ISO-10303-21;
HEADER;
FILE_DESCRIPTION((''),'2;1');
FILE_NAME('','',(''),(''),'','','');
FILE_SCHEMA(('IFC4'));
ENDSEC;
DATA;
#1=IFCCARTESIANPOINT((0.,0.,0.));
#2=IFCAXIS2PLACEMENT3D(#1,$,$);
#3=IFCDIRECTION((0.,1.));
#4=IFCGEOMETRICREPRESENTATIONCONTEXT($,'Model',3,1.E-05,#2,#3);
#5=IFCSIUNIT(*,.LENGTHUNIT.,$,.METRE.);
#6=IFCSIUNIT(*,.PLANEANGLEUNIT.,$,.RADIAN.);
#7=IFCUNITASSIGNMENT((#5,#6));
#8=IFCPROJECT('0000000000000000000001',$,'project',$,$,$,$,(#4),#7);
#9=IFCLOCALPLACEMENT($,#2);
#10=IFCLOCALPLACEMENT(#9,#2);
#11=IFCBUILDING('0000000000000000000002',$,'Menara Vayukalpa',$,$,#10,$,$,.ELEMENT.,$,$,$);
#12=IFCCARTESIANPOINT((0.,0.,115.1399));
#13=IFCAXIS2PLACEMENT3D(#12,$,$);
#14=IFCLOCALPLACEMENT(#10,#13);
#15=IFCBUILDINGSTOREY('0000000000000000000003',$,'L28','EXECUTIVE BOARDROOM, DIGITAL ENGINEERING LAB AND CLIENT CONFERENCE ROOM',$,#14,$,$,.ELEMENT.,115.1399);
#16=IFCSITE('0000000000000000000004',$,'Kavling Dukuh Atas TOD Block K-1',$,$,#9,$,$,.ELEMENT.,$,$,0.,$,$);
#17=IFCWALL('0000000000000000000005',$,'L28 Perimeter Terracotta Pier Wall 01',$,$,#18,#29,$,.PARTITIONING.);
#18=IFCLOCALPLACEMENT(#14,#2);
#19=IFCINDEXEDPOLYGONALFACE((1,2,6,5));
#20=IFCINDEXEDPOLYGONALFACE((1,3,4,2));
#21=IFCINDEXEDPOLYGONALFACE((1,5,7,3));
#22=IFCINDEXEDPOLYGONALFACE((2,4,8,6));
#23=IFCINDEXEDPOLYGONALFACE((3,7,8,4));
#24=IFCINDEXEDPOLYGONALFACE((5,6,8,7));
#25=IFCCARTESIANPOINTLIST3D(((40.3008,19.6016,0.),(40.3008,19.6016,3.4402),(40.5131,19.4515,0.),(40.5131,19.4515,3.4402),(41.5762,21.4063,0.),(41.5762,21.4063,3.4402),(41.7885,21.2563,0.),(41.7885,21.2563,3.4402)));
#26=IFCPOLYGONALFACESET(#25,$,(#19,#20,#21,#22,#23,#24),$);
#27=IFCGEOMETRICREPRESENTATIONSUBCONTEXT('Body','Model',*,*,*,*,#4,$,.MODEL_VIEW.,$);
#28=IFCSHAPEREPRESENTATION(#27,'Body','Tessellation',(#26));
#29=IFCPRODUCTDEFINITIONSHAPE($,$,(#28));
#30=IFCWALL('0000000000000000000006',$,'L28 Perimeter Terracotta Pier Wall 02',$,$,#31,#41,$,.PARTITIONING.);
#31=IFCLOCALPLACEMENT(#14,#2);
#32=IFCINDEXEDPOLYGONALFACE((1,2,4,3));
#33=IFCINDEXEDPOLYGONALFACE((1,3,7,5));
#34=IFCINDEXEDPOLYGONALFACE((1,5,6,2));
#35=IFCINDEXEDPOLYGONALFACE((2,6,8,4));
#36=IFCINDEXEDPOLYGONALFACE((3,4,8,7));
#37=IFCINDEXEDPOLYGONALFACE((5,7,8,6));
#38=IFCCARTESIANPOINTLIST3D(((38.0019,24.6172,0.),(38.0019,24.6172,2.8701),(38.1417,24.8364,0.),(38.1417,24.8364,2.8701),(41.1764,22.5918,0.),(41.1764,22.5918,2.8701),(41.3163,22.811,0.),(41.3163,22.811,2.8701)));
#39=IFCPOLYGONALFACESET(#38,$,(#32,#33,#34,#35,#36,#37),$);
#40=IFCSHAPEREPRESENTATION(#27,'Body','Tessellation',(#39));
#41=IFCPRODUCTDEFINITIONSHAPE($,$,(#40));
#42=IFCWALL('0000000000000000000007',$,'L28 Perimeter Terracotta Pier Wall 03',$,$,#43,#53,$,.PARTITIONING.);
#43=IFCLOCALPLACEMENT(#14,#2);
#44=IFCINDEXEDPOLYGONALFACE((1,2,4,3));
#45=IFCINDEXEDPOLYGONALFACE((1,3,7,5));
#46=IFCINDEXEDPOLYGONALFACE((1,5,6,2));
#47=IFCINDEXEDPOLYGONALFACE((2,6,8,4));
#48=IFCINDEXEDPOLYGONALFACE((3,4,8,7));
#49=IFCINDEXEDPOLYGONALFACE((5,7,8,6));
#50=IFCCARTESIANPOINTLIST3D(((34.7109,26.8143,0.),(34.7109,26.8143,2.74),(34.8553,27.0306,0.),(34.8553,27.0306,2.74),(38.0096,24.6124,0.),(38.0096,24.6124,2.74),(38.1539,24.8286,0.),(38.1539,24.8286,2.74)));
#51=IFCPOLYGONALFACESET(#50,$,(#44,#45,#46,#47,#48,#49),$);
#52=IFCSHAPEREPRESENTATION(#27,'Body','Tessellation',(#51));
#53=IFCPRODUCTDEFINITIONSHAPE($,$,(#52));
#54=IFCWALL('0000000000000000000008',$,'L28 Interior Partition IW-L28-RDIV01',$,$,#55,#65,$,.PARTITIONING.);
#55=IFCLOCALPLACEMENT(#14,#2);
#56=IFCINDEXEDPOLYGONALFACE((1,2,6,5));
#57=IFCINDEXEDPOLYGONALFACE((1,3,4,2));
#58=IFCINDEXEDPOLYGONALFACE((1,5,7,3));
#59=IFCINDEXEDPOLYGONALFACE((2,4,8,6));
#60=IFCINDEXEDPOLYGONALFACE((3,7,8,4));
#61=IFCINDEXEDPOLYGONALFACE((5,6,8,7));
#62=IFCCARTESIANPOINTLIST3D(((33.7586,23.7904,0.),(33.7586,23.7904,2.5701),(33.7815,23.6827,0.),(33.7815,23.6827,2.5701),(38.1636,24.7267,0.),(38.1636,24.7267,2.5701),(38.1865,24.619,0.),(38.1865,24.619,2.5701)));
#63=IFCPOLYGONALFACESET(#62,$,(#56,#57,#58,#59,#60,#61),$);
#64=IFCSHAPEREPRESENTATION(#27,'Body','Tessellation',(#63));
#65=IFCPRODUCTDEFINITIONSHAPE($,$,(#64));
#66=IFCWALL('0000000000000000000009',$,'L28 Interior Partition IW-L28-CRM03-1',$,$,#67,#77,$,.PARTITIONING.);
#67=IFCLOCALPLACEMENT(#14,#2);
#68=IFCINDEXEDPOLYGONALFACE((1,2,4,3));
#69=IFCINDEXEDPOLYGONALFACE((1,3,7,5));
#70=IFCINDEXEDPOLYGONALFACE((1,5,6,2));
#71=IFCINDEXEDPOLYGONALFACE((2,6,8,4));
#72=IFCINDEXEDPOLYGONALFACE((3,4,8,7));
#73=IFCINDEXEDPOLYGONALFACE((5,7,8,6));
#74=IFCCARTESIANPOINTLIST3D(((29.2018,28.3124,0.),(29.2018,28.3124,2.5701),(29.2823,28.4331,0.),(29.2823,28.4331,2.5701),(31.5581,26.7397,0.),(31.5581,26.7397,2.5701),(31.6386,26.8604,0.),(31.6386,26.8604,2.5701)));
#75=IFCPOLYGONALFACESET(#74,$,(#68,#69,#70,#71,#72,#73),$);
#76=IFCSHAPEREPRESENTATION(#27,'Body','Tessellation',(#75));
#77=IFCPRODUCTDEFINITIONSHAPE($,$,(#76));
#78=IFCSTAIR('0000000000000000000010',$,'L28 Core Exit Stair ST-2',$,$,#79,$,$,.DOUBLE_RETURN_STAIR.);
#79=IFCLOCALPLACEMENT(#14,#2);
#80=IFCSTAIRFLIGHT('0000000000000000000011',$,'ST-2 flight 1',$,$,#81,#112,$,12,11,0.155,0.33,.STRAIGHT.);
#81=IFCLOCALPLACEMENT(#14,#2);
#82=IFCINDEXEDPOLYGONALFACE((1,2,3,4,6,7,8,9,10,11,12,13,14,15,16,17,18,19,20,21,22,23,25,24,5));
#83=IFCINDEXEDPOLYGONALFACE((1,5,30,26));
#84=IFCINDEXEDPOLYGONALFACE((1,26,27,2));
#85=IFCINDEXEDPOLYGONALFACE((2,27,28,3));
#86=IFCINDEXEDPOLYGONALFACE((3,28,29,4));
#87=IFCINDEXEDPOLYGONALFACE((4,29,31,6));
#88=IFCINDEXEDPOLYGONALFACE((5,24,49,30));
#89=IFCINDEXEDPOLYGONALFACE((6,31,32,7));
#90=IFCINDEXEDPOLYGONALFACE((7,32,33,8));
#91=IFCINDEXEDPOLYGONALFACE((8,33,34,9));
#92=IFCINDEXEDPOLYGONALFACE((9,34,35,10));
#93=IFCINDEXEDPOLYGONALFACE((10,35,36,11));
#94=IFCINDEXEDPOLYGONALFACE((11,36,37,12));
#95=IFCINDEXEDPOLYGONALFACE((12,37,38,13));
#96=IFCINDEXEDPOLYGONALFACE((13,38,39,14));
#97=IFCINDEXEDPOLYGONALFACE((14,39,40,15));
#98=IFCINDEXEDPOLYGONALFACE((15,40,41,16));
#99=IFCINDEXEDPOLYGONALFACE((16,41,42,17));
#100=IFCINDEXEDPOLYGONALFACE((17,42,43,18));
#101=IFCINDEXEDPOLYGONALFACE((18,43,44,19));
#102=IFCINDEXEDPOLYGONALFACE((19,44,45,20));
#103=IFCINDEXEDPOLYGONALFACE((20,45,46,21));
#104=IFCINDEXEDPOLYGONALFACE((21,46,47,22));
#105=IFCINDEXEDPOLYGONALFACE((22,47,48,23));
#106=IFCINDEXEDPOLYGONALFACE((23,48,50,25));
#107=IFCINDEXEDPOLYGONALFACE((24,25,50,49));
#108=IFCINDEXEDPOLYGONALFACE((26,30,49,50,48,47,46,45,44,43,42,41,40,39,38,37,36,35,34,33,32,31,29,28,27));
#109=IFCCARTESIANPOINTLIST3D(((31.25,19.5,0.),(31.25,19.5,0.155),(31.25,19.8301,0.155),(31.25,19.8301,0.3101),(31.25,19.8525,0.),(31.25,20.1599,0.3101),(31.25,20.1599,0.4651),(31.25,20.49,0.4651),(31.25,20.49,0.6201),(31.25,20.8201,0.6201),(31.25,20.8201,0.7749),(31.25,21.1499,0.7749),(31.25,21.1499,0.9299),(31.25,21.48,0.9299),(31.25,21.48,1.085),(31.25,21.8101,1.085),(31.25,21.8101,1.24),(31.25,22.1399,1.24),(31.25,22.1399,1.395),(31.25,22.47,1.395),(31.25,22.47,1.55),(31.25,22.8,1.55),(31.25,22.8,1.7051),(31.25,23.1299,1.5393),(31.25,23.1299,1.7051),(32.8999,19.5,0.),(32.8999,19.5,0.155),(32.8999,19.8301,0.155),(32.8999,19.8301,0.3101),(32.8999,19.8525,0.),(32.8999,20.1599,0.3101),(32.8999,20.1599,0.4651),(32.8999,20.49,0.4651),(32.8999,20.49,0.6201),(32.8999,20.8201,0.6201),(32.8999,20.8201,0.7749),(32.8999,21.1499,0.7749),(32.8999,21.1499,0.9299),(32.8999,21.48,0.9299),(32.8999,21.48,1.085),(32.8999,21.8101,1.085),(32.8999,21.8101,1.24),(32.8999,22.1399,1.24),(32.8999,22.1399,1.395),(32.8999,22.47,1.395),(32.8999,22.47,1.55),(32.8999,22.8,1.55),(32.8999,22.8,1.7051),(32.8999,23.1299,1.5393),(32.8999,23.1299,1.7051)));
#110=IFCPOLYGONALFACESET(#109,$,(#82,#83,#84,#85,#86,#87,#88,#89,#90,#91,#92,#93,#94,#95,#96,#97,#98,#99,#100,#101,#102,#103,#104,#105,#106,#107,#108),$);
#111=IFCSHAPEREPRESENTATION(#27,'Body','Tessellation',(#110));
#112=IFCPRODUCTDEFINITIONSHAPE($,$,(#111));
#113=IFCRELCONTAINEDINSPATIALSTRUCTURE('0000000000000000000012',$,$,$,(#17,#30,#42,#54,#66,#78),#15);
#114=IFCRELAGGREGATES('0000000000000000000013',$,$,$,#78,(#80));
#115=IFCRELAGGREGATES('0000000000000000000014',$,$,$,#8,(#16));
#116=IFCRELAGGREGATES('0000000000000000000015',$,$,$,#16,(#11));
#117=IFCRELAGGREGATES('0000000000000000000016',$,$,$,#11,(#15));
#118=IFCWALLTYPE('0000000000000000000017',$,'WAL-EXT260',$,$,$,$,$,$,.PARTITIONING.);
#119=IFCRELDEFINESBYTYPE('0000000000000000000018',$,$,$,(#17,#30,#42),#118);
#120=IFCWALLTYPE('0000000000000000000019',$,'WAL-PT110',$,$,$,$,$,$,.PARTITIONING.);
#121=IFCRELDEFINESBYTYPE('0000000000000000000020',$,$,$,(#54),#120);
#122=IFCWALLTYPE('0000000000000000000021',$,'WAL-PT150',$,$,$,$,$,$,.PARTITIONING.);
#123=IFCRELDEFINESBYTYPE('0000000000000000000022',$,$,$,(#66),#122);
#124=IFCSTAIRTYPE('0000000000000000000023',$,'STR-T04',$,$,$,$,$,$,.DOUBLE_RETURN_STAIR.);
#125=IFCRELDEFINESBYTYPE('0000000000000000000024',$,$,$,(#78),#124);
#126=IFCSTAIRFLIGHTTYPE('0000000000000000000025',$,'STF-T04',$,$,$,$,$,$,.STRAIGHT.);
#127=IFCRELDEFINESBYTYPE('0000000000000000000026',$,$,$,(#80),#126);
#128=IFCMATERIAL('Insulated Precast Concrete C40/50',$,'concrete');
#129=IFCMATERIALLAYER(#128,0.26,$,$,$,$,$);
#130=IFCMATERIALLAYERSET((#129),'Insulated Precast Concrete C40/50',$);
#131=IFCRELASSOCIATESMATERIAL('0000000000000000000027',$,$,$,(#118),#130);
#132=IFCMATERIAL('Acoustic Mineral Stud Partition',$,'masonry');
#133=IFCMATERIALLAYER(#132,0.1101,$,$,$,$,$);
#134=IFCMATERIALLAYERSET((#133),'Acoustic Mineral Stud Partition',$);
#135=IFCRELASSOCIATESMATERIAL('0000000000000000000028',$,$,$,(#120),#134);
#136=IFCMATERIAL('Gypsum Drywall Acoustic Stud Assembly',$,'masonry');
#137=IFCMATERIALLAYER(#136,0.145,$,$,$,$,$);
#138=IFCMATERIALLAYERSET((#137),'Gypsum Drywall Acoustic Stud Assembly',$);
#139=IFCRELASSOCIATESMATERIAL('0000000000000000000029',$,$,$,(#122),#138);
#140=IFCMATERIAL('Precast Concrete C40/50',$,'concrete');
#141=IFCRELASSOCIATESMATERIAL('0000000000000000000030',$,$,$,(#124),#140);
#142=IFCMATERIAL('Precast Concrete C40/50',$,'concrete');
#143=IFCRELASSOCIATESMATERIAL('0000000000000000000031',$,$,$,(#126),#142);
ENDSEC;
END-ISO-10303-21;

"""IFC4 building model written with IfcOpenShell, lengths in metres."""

from ifc_helpers import new_model, si_unit, direction, frame, frame_2d, origin, place, context, subcontext, project, spatial, polyline, rectangle, outline, extrude, material, layer, layer_set, type_object, element, aggregate, save


model = new_model("IFC4")

# Units and contexts
model_context = context("Model", 3, precision=1e-05, world=origin(), true_north=direction((0.0, 1.0)))
body_context = subcontext(model_context, "Body", "Model", "MODEL_VIEW")
ifc_project = project(units=[si_unit("LENGTHUNIT", "METRE"), si_unit("PLANEANGLEUNIT", "RADIAN")], contexts=[model_context])

# Site, building, storey
site_placement = place(None, origin())
site = spatial("IfcSite", under=ifc_project, at=site_placement, Name="Kavling Dukuh Atas TOD Block K-1", CompositionType="ELEMENT", RefElevation=0.0)
building_placement = place(site_placement, origin())
building = spatial("IfcBuilding", under=site, at=building_placement, Name="Menara Vayukalpa", CompositionType="ELEMENT")
storey_placement = place(building_placement, frame((0.0, 0.0, 115.1399)))
storey = spatial("IfcBuildingStorey", under=building, at=storey_placement, Name="L28", Description="EXECUTIVE BOARDROOM, DIGITAL ENGINEERING LAB AND CLIENT CONFERENCE ROOM", CompositionType="ELEMENT", Elevation=115.1399)

# Walls
ifc_material_1 = material(Name="Insulated Precast Concrete C40/50", Category="concrete")
ifc_layer_1 = layer(ifc_material_1, 0.26)
ifc_layer_set_1 = layer_set([ifc_layer_1], Name="Insulated Precast Concrete C40/50")
wall_type_1 = type_object("IfcWallType", Name="WAL-EXT260", PredefinedType="PARTITIONING", material=ifc_layer_set_1)
wall_1_placement = place(storey_placement, frame((41.6824, 21.3313, 0.0), z_axis=(0.0, 0.0, 1.0), x_axis=(-0.577134, -0.816649, 0.0)))
element("IfcWall", 1, at=wall_1_placement, inside=storey, type_object=wall_type_1, Name="L28 Perimeter Terracotta Pier Wall 01", PredefinedType="PARTITIONING", context=body_context, shape_type="SweptSolid", body=[
    extrude(rectangle(XDim=2.21, YDim=0.26, at=frame_2d((1.105, 0.0))), origin(), (0.0, 0.0, 1.0), 3.4402),
])
wall_2_placement = place(storey_placement, frame((38.0718, 24.7268, 0.0), z_axis=(0.0, 0.0, 1.0), x_axis=(0.843034, -0.537861, 0.0)))
element("IfcWall", 2, at=wall_2_placement, inside=storey, type_object=wall_type_1, Name="L28 Perimeter Terracotta Pier Wall 02", PredefinedType="PARTITIONING", context=body_context, shape_type="SweptSolid", body=[
    extrude(rectangle(XDim=3.7656, YDim=0.26, at=frame_2d((1.8828, 0.0))), origin(), (0.0, 0.0, 1.0), 2.8701),
])
wall_3_placement = place(storey_placement, frame((34.7832, 26.9224, 0.0), z_axis=(0.0, 0.0, 1.0), x_axis=(0.831719, -0.555197, 0.0)))
element("IfcWall", 3, at=wall_3_placement, inside=storey, type_object=wall_type_1, Name="L28 Perimeter Terracotta Pier Wall 03", PredefinedType="PARTITIONING", context=body_context, shape_type="SweptSolid", body=[
    extrude(rectangle(XDim=3.9661, YDim=0.26, at=frame_2d((1.9829, 0.0))), origin(), (0.0, 0.0, 1.0), 2.74),
])
ifc_material_2 = material(Name="Acoustic Mineral Stud Partition", Category="masonry")
ifc_layer_2 = layer(ifc_material_2, 0.1101)
ifc_layer_set_2 = layer_set([ifc_layer_2], Name="Acoustic Mineral Stud Partition")
wall_type_2 = type_object("IfcWallType", Name="WAL-PT110", PredefinedType="PARTITIONING", material=ifc_layer_set_2)
wall_4_placement = place(storey_placement, frame((33.77, 23.7366, 0.0), z_axis=(0.0, 0.0, 1.0), x_axis=(0.978149, 0.207903, 0.0)))
element("IfcWall", 4, at=wall_4_placement, inside=storey, type_object=wall_type_2, Name="L28 Interior Partition IW-L28-RDIV01", PredefinedType="PARTITIONING", context=body_context, shape_type="SweptSolid", body=[
    extrude(rectangle(XDim=4.5034, YDim=0.1101, at=frame_2d((2.2517, 0.0))), origin(), (0.0, 0.0, 1.0), 2.5701),
])
ifc_material_3 = material(Name="Gypsum Drywall Acoustic Stud Assembly", Category="masonry")
ifc_layer_3 = layer(ifc_material_3, 0.145)
ifc_layer_set_3 = layer_set([ifc_layer_3], Name="Gypsum Drywall Acoustic Stud Assembly")
wall_type_3 = type_object("IfcWallType", Name="WAL-PT150", PredefinedType="PARTITIONING", material=ifc_layer_set_3)
wall_5_placement = place(storey_placement, frame((31.5984, 26.8, 0.0), z_axis=(0.0, 0.0, 1.0), x_axis=(-0.831759, 0.555138, 0.0)))
element("IfcWall", 5, at=wall_5_placement, inside=storey, type_object=wall_type_3, Name="L28 Interior Partition IW-L28-CRM03-1", PredefinedType="PARTITIONING", context=body_context, shape_type="SweptSolid", body=[
    extrude(rectangle(XDim=2.833, YDim=0.145, at=frame_2d((1.4165, 0.0))), origin(), (0.0, 0.0, 1.0), 2.5701),
])

# Stair, stair flight
ifc_material_4 = material(Name="Precast Concrete C40/50", Category="concrete")
stair_type = type_object("IfcStairType", Name="STR-T04", PredefinedType="DOUBLE_RETURN_STAIR", material=ifc_material_4)
stair_placement = place(storey_placement, origin())
stair = element("IfcStair", 6, at=stair_placement, inside=storey, type_object=stair_type, Name="L28 Core Exit Stair ST-2", PredefinedType="DOUBLE_RETURN_STAIR")
ifc_material_5 = material(Name="Precast Concrete C40/50", Category="concrete")
stair_flight_type = type_object("IfcStairFlightType", Name="STF-T04", PredefinedType="STRAIGHT", material=ifc_material_5)
stair_flight_placement = place(storey_placement, frame((32.075, 19.5, 0.0), z_axis=(0.0, 0.0, 1.0), x_axis=(0.0, 1.0, 0.0)))
stair_flight = element("IfcStairFlight", 7, at=stair_flight_placement, type_object=stair_flight_type, Name="ST-2 flight 1", NumberOfRisers=12, NumberOfTreads=11, PredefinedType="STRAIGHT", RiserHeight=0.155, TreadLength=0.33, context=body_context, shape_type="SweptSolid", body=[
    extrude(outline(polyline([(0.0, 0.0), (0.0, 0.155), (0.3301, 0.155), (0.3301, 0.3101), (0.6599, 0.3101), (0.6599, 0.4651), (0.99, 0.4651), (0.99, 0.6201), (1.3201, 0.6201), (1.3201, 0.7749), (1.6499, 0.7749), (1.6499, 0.9299), (1.98, 0.9299), (1.98, 1.085), (2.3101, 1.085), (2.3101, 1.24), (2.6399, 1.24), (2.6399, 1.395), (2.97, 1.395), (2.97, 1.55), (3.3, 1.55), (3.3, 1.7051), (3.6299, 1.7051), (3.6299, 1.8601), (3.6299, 1.5393), (0.3525, 0.0), (0.0, 0.0)])), frame((0.0, 0.825, 0.0), z_axis=(0.0, -1.0, 0.0), x_axis=(1.0, 0.0, 0.0)), (0.0, 0.0, 1.0), 1.6499),
])
aggregate(stair, [stair_flight])

save(model, "model.ifc")
